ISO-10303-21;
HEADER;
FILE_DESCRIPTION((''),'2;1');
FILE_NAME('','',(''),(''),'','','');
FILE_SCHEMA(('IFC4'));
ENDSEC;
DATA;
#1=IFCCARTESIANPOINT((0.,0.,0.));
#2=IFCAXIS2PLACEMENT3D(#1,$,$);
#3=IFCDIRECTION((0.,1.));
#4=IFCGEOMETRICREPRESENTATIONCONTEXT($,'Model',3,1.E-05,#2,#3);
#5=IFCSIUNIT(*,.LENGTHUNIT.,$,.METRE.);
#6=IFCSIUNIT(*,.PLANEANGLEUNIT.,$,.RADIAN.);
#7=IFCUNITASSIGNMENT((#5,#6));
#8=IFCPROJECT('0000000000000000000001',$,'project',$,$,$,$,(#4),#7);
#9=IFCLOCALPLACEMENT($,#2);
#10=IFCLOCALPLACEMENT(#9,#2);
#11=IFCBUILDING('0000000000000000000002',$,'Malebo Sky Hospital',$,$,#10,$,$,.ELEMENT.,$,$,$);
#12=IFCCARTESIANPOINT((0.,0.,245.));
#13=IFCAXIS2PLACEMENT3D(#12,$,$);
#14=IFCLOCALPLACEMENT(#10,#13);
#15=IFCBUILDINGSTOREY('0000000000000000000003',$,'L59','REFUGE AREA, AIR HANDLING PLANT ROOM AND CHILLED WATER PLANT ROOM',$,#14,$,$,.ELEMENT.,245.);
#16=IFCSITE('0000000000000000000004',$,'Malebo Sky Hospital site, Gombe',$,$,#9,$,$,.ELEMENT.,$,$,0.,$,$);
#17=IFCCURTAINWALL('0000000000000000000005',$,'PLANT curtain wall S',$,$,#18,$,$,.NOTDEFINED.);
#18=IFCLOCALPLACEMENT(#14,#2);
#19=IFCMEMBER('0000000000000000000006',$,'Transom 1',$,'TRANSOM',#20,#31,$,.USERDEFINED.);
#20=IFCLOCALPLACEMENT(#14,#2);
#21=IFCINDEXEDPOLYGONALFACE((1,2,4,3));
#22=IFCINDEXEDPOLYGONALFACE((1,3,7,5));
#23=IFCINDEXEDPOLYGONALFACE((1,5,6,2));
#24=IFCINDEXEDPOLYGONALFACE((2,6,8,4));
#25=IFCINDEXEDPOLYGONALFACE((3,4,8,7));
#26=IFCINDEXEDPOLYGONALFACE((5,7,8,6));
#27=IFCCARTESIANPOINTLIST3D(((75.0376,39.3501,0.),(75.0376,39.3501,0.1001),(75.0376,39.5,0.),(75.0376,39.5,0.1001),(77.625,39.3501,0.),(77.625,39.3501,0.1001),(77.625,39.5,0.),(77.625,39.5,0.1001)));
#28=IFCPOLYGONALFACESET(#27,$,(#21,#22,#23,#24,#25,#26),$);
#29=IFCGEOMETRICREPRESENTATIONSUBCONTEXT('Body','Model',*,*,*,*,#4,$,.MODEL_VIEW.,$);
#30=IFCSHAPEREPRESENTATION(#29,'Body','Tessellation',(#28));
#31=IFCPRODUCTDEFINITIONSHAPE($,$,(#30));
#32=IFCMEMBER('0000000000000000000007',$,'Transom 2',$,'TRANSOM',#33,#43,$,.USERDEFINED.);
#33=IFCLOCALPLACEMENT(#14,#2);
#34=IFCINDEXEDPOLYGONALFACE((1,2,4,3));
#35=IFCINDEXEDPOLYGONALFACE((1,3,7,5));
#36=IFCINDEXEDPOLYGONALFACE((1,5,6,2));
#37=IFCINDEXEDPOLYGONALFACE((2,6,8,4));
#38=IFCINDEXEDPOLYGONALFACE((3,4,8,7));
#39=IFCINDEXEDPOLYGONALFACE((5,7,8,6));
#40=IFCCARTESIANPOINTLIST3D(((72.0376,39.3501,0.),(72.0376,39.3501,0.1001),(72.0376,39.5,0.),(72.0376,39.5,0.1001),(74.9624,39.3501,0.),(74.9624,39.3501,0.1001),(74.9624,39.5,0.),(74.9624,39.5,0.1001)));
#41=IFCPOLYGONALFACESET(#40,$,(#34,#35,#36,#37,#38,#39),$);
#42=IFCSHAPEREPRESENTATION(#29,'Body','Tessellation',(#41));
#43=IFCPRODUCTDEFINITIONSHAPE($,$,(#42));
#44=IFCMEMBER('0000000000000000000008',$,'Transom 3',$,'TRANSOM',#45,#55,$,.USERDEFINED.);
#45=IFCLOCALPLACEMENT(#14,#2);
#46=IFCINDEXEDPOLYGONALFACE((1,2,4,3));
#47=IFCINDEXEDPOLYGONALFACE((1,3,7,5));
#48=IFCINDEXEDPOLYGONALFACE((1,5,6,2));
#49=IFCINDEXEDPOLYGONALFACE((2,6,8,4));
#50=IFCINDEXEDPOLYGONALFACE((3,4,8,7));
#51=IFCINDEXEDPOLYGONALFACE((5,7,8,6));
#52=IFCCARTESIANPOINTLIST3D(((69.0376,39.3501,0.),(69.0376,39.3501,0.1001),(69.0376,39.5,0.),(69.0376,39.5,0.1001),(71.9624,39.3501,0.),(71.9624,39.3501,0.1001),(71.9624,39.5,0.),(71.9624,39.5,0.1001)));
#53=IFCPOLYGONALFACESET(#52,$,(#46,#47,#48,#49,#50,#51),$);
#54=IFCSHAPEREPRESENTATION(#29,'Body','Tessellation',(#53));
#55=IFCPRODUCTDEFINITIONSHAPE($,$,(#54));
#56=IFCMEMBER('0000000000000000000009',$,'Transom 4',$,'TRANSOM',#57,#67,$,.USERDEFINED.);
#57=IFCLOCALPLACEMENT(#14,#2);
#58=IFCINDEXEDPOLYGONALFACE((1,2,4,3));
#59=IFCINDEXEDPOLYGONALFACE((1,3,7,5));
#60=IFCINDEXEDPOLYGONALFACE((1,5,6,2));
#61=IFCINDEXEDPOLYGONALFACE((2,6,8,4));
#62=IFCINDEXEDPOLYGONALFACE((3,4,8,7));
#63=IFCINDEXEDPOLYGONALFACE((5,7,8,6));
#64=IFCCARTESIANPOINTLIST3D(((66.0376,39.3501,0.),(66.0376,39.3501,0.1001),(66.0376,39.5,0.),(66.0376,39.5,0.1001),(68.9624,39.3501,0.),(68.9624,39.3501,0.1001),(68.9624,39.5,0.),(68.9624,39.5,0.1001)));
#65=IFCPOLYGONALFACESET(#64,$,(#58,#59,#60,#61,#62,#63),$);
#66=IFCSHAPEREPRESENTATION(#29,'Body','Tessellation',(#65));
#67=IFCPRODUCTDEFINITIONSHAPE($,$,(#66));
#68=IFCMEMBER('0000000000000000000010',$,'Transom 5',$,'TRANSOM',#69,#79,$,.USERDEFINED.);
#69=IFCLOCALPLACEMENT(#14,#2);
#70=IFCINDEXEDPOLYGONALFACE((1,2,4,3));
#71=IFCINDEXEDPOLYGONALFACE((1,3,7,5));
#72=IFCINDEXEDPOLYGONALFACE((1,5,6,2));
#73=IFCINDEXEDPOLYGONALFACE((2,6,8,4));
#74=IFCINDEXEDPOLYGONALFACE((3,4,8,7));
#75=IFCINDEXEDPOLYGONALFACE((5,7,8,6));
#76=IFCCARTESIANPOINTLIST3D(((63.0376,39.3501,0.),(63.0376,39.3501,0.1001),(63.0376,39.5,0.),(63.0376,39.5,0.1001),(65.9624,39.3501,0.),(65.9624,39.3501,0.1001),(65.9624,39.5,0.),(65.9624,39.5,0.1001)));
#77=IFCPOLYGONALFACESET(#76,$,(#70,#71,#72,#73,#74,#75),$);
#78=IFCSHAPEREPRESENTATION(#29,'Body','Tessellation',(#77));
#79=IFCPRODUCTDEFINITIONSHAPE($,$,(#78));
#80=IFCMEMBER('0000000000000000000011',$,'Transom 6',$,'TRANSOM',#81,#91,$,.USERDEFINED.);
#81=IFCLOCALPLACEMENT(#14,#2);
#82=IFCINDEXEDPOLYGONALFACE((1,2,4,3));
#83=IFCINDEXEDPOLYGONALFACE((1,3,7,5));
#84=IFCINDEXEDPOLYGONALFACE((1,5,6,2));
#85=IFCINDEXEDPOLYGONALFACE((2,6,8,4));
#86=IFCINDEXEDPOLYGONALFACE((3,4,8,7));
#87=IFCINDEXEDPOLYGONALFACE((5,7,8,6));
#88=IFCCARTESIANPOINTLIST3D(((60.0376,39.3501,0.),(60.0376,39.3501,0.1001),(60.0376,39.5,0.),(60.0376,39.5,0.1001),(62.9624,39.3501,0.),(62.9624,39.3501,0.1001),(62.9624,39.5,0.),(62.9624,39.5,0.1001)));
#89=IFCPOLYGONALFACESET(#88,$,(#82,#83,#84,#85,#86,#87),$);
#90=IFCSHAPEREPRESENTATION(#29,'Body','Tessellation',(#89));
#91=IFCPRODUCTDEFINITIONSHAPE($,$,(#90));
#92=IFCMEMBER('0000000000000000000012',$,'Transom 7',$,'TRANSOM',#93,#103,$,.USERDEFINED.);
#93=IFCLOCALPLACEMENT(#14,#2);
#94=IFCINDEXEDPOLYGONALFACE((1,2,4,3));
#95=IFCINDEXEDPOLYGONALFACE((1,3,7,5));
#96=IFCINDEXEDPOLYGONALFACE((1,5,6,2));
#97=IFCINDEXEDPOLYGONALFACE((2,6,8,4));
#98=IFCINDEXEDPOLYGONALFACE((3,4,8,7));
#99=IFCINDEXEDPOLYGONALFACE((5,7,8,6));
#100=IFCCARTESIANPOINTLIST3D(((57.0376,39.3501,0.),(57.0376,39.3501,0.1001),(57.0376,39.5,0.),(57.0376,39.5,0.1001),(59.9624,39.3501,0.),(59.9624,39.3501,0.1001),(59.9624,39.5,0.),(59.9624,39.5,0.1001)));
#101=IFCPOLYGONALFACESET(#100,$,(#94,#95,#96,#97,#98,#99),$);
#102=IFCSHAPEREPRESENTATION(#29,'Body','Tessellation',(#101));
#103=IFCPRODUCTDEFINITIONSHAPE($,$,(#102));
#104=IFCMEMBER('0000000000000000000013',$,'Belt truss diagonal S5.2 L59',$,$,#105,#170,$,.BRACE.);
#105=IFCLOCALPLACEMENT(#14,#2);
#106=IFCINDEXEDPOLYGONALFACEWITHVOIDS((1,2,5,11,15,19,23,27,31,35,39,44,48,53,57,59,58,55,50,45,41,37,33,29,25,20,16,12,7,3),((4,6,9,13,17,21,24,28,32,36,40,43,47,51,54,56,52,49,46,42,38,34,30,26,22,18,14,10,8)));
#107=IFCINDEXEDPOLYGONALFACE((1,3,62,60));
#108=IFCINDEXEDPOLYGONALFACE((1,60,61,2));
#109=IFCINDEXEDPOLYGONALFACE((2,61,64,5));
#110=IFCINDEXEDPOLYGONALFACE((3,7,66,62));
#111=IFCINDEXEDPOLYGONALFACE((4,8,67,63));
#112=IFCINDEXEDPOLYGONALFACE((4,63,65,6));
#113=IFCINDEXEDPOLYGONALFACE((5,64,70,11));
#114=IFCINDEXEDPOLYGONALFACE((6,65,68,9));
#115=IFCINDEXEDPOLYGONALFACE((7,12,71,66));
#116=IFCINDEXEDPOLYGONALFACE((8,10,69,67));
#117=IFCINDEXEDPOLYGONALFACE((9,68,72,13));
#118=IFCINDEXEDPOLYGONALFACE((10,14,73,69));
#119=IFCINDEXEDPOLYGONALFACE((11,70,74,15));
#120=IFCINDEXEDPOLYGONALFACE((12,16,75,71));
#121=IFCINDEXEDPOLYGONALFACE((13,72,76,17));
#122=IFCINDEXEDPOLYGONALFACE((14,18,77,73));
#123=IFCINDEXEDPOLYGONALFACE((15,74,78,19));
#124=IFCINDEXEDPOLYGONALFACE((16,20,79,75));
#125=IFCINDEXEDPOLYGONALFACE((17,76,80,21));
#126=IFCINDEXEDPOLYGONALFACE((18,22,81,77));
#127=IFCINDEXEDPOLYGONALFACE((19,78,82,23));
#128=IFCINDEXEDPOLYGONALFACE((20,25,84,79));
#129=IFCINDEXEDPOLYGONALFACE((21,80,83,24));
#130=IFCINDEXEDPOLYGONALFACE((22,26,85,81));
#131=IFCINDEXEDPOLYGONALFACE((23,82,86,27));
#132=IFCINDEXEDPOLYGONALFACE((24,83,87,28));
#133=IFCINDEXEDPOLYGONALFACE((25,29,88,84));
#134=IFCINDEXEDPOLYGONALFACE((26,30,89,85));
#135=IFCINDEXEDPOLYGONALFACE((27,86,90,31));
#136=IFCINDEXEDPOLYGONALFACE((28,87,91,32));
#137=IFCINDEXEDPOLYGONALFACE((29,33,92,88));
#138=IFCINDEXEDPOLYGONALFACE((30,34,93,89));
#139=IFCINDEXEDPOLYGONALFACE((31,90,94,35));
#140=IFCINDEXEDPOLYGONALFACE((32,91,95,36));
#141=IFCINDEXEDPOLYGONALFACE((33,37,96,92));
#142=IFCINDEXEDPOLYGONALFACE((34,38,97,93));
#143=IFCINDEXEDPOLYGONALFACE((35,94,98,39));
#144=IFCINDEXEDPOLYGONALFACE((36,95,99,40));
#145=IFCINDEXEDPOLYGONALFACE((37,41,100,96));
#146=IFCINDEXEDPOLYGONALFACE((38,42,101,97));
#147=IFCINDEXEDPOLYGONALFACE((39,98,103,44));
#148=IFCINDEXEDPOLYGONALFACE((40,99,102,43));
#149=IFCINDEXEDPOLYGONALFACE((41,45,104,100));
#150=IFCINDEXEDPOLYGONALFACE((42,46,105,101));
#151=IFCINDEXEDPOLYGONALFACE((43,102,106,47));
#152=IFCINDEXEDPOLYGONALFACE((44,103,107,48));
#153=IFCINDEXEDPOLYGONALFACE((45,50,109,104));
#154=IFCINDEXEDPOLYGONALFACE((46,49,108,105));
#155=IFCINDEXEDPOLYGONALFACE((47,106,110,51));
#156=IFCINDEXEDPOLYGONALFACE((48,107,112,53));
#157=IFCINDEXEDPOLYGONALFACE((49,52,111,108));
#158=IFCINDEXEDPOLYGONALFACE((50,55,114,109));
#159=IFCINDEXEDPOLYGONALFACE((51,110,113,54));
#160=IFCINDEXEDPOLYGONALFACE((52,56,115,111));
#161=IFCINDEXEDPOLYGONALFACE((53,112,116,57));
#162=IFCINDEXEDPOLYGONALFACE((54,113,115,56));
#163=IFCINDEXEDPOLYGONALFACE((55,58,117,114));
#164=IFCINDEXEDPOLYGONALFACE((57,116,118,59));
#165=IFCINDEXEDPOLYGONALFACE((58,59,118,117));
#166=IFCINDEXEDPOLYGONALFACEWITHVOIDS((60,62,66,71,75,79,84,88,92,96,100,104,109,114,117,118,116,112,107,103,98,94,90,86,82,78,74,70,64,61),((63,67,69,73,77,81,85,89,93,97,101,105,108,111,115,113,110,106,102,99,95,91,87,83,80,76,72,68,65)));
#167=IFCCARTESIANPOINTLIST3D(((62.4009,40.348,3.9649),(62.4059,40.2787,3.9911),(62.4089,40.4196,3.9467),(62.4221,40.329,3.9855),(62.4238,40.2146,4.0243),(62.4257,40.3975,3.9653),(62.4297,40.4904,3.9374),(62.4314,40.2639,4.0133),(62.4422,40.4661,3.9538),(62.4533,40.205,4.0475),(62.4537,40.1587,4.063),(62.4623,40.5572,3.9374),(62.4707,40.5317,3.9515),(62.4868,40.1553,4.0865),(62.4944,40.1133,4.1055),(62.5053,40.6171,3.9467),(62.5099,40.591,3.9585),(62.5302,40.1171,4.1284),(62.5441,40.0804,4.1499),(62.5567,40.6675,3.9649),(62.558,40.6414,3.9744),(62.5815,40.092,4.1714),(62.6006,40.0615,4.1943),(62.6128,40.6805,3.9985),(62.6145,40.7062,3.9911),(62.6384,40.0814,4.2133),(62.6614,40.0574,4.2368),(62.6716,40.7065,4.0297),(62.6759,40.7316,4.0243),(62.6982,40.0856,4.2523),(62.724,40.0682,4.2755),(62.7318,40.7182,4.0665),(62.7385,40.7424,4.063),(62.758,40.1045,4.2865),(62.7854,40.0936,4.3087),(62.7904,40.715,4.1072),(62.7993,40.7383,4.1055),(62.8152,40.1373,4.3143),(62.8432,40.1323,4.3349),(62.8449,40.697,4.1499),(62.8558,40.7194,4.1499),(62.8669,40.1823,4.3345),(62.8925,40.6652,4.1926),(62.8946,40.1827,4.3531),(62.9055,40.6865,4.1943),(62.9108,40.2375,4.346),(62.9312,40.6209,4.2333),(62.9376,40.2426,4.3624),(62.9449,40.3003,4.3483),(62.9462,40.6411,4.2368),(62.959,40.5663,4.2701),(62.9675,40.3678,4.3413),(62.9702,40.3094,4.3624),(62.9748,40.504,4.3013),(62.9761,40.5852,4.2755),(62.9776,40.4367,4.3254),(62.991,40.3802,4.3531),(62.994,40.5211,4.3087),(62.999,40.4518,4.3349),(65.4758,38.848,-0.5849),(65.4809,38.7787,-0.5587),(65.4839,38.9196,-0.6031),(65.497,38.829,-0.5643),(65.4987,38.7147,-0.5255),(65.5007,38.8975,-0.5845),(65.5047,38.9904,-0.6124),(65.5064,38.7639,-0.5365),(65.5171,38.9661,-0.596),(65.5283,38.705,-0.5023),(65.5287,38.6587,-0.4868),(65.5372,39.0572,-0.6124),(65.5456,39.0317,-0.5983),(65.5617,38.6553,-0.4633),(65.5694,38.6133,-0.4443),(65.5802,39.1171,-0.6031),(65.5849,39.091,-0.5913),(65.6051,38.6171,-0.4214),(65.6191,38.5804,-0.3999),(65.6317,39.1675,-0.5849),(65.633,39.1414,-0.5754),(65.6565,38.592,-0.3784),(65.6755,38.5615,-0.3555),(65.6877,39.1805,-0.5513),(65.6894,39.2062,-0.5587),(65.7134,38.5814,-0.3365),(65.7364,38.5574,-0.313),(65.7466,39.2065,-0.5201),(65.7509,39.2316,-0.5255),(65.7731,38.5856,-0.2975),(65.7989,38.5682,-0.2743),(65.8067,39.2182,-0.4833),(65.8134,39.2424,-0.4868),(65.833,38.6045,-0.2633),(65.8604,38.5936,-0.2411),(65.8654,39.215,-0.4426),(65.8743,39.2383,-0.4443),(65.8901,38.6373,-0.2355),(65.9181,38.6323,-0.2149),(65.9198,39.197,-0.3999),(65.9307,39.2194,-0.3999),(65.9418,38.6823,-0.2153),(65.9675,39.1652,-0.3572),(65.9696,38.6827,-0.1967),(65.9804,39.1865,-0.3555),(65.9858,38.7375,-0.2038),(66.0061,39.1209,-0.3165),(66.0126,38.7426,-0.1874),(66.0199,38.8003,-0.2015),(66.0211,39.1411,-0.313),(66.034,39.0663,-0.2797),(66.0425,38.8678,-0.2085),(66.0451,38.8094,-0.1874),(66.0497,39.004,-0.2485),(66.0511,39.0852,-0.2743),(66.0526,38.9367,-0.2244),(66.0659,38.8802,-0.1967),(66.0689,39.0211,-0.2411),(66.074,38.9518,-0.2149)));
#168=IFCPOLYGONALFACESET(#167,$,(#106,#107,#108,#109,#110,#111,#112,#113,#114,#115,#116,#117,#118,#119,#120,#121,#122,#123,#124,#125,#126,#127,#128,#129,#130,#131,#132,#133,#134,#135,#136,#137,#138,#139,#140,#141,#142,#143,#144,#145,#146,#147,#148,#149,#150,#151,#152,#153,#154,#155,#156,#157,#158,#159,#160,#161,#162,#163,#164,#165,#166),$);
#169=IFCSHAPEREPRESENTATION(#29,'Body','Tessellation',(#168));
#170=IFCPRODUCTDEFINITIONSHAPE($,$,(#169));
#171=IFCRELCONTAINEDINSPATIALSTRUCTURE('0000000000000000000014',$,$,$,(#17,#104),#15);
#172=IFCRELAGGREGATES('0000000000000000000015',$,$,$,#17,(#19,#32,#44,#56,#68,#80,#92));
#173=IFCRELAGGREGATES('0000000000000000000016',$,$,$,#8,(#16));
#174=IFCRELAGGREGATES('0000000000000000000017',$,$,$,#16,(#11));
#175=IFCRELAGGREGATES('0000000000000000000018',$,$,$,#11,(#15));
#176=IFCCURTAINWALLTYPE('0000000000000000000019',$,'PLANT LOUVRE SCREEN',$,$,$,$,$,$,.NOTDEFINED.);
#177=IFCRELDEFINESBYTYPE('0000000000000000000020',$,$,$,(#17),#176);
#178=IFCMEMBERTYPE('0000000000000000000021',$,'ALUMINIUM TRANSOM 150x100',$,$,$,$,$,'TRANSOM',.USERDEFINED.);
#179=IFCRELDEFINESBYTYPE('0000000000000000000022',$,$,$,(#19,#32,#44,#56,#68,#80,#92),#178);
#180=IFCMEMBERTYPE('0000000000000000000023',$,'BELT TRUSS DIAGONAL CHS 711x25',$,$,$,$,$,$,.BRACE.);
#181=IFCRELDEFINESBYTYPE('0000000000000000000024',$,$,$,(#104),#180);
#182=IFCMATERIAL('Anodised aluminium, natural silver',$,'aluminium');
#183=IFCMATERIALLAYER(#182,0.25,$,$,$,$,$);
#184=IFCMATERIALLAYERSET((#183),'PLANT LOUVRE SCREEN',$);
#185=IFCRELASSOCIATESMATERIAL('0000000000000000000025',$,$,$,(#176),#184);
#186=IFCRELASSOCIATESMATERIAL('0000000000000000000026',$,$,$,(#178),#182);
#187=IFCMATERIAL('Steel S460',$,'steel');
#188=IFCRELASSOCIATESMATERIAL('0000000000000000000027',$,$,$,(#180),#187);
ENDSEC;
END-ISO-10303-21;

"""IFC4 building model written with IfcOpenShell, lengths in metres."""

from ifc_helpers import new_model, si_unit, direction, frame, origin, origin_2d, place, context, subcontext, project, spatial, rectangle, hollow_circle, extrude, material, layer, layer_set, material_profile, profile_set, type_object, element, aggregate, save


model = new_model("IFC4")

# Units and contexts
model_context = context("Model", 3, precision=1e-05, world=origin(), true_north=direction((0.0, 1.0)))
body_context = subcontext(model_context, "Body", "Model", "MODEL_VIEW")
ifc_project = project(units=[si_unit("LENGTHUNIT", "METRE"), si_unit("PLANEANGLEUNIT", "RADIAN")], contexts=[model_context])

# Site, building, storey
site_placement = place(None, origin())
site = spatial("IfcSite", under=ifc_project, at=site_placement, Name="Malebo Sky Hospital site, Gombe", CompositionType="ELEMENT", RefElevation=0.0)
building_placement = place(site_placement, origin())
building = spatial("IfcBuilding", under=site, at=building_placement, Name="Malebo Sky Hospital", CompositionType="ELEMENT")
storey_placement = place(building_placement, frame((0.0, 0.0, 245.0)))
storey = spatial("IfcBuildingStorey", under=building, at=storey_placement, Name="L59", Description="REFUGE AREA, AIR HANDLING PLANT ROOM AND CHILLED WATER PLANT ROOM", CompositionType="ELEMENT", Elevation=245.0)

# Curtain wall, members
ifc_material_1 = material(Name="Anodised aluminium, natural silver", Category="aluminium")
ifc_layer_1 = layer(ifc_material_1, 0.25)
ifc_layer_set_1 = layer_set([ifc_layer_1], Name="PLANT LOUVRE SCREEN")
curtain_wall_type = type_object("IfcCurtainWallType", Name="PLANT LOUVRE SCREEN", PredefinedType="NOTDEFINED", material=ifc_layer_set_1)
curtain_wall_placement = place(storey_placement, origin())
curtain_wall = element("IfcCurtainWall", 1, at=curtain_wall_placement, inside=storey, type_object=curtain_wall_type, Name="PLANT curtain wall S", PredefinedType="NOTDEFINED")
ifc_material_profile_1 = material_profile(ifc_material_1, rectangle(XDim=0.1499, YDim=0.1001, at=origin_2d()), Name="ALUMINIUM TRANSOM 150x100")
ifc_profile_set_1 = profile_set([ifc_material_profile_1], Name="Anodised aluminium, natural silver")
member_type_1 = type_object("IfcMemberType", Name="ALUMINIUM TRANSOM 150x100", ElementType="TRANSOM", PredefinedType="USERDEFINED", material=ifc_profile_set_1)
member_1_placement = place(storey_placement, frame((77.625, 39.425, 0.05), z_axis=(-1.0, 0.0, 0.0), x_axis=(0.0, -1.0, 0.0)))
member_1 = element("IfcMember", 2, at=member_1_placement, type_object=member_type_1, Name="Transom 1", ObjectType="TRANSOM", PredefinedType="USERDEFINED", context=body_context, shape_type="SweptSolid", body=[
    extrude(rectangle(XDim=0.1499, YDim=0.1001, at=origin_2d()), origin(), (0.0, 0.0, 1.0), 2.5874),
])
member_2_placement = place(storey_placement, frame((74.9624, 39.425, 0.05), z_axis=(-1.0, 0.0, 0.0), x_axis=(0.0, -1.0, 0.0)))
member_2 = element("IfcMember", 3, at=member_2_placement, type_object=member_type_1, Name="Transom 2", ObjectType="TRANSOM", PredefinedType="USERDEFINED", context=body_context, shape_type="SweptSolid", body=[
    extrude(rectangle(XDim=0.1499, YDim=0.1001, at=origin_2d()), origin(), (0.0, 0.0, 1.0), 2.9248),
])
member_3_placement = place(storey_placement, frame((71.9624, 39.425, 0.05), z_axis=(-1.0, 0.0, 0.0), x_axis=(0.0, -1.0, 0.0)))
member_3 = element("IfcMember", 4, at=member_3_placement, type_object=member_type_1, Name="Transom 3", ObjectType="TRANSOM", PredefinedType="USERDEFINED", context=body_context, shape_type="SweptSolid", body=[
    extrude(rectangle(XDim=0.1499, YDim=0.1001, at=origin_2d()), origin(), (0.0, 0.0, 1.0), 2.9248),
])
member_4_placement = place(storey_placement, frame((68.9624, 39.425, 0.05), z_axis=(-1.0, 0.0, 0.0), x_axis=(0.0, -1.0, 0.0)))
member_4 = element("IfcMember", 5, at=member_4_placement, type_object=member_type_1, Name="Transom 4", ObjectType="TRANSOM", PredefinedType="USERDEFINED", context=body_context, shape_type="SweptSolid", body=[
    extrude(rectangle(XDim=0.1499, YDim=0.1001, at=origin_2d()), origin(), (0.0, 0.0, 1.0), 2.9248),
])
member_5_placement = place(storey_placement, frame((65.9624, 39.425, 0.05), z_axis=(-1.0, 0.0, 0.0), x_axis=(0.0, -1.0, 0.0)))
member_5 = element("IfcMember", 6, at=member_5_placement, type_object=member_type_1, Name="Transom 5", ObjectType="TRANSOM", PredefinedType="USERDEFINED", context=body_context, shape_type="SweptSolid", body=[
    extrude(rectangle(XDim=0.1499, YDim=0.1001, at=origin_2d()), origin(), (0.0, 0.0, 1.0), 2.9248),
])
member_6_placement = place(storey_placement, frame((62.9624, 39.425, 0.05), z_axis=(-1.0, 0.0, 0.0), x_axis=(0.0, -1.0, 0.0)))
member_6 = element("IfcMember", 7, at=member_6_placement, type_object=member_type_1, Name="Transom 6", ObjectType="TRANSOM", PredefinedType="USERDEFINED", context=body_context, shape_type="SweptSolid", body=[
    extrude(rectangle(XDim=0.1499, YDim=0.1001, at=origin_2d()), origin(), (0.0, 0.0, 1.0), 2.9248),
])
member_7_placement = place(storey_placement, frame((59.9624, 39.425, 0.05), z_axis=(-1.0, 0.0, 0.0), x_axis=(0.0, -1.0, 0.0)))
member_7 = element("IfcMember", 8, at=member_7_placement, type_object=member_type_1, Name="Transom 7", ObjectType="TRANSOM", PredefinedType="USERDEFINED", context=body_context, shape_type="SweptSolid", body=[
    extrude(rectangle(XDim=0.1499, YDim=0.1001, at=origin_2d()), origin(), (0.0, 0.0, 1.0), 2.9248),
])

# Member
ifc_material_2 = material(Name="Steel S460", Category="steel")
ifc_material_profile_2 = material_profile(ifc_material_2, hollow_circle(Radius=0.3555, WallThickness=0.0249, at=origin_2d()), Name="CHS 711x25")
ifc_profile_set_2 = profile_set([ifc_material_profile_2], Name="Steel S460")
member_type_2 = type_object("IfcMemberType", Name="BELT TRUSS DIAGONAL CHS 711x25", PredefinedType="BRACE", material=ifc_profile_set_2)
member_8_placement = place(storey_placement, frame((62.7, 40.3999, 4.1499), z_axis=(0.540163, -0.263499, -0.799245), x_axis=(0.438429, 0.898766, 0.0)))
element("IfcMember", 9, at=member_8_placement, inside=storey, type_object=member_type_2, Name="Belt truss diagonal S5.2 L59", PredefinedType="BRACE", context=body_context, shape_type="SweptSolid", body=[
    extrude(hollow_circle(Radius=0.3555, WallThickness=0.0249, at=origin_2d()), origin(), (0.0, 0.0, 1.0), 5.6926),
])

aggregate(curtain_wall, [member_1, member_2, member_3, member_4, member_5, member_6, member_7])

save(model, "model.ifc")
